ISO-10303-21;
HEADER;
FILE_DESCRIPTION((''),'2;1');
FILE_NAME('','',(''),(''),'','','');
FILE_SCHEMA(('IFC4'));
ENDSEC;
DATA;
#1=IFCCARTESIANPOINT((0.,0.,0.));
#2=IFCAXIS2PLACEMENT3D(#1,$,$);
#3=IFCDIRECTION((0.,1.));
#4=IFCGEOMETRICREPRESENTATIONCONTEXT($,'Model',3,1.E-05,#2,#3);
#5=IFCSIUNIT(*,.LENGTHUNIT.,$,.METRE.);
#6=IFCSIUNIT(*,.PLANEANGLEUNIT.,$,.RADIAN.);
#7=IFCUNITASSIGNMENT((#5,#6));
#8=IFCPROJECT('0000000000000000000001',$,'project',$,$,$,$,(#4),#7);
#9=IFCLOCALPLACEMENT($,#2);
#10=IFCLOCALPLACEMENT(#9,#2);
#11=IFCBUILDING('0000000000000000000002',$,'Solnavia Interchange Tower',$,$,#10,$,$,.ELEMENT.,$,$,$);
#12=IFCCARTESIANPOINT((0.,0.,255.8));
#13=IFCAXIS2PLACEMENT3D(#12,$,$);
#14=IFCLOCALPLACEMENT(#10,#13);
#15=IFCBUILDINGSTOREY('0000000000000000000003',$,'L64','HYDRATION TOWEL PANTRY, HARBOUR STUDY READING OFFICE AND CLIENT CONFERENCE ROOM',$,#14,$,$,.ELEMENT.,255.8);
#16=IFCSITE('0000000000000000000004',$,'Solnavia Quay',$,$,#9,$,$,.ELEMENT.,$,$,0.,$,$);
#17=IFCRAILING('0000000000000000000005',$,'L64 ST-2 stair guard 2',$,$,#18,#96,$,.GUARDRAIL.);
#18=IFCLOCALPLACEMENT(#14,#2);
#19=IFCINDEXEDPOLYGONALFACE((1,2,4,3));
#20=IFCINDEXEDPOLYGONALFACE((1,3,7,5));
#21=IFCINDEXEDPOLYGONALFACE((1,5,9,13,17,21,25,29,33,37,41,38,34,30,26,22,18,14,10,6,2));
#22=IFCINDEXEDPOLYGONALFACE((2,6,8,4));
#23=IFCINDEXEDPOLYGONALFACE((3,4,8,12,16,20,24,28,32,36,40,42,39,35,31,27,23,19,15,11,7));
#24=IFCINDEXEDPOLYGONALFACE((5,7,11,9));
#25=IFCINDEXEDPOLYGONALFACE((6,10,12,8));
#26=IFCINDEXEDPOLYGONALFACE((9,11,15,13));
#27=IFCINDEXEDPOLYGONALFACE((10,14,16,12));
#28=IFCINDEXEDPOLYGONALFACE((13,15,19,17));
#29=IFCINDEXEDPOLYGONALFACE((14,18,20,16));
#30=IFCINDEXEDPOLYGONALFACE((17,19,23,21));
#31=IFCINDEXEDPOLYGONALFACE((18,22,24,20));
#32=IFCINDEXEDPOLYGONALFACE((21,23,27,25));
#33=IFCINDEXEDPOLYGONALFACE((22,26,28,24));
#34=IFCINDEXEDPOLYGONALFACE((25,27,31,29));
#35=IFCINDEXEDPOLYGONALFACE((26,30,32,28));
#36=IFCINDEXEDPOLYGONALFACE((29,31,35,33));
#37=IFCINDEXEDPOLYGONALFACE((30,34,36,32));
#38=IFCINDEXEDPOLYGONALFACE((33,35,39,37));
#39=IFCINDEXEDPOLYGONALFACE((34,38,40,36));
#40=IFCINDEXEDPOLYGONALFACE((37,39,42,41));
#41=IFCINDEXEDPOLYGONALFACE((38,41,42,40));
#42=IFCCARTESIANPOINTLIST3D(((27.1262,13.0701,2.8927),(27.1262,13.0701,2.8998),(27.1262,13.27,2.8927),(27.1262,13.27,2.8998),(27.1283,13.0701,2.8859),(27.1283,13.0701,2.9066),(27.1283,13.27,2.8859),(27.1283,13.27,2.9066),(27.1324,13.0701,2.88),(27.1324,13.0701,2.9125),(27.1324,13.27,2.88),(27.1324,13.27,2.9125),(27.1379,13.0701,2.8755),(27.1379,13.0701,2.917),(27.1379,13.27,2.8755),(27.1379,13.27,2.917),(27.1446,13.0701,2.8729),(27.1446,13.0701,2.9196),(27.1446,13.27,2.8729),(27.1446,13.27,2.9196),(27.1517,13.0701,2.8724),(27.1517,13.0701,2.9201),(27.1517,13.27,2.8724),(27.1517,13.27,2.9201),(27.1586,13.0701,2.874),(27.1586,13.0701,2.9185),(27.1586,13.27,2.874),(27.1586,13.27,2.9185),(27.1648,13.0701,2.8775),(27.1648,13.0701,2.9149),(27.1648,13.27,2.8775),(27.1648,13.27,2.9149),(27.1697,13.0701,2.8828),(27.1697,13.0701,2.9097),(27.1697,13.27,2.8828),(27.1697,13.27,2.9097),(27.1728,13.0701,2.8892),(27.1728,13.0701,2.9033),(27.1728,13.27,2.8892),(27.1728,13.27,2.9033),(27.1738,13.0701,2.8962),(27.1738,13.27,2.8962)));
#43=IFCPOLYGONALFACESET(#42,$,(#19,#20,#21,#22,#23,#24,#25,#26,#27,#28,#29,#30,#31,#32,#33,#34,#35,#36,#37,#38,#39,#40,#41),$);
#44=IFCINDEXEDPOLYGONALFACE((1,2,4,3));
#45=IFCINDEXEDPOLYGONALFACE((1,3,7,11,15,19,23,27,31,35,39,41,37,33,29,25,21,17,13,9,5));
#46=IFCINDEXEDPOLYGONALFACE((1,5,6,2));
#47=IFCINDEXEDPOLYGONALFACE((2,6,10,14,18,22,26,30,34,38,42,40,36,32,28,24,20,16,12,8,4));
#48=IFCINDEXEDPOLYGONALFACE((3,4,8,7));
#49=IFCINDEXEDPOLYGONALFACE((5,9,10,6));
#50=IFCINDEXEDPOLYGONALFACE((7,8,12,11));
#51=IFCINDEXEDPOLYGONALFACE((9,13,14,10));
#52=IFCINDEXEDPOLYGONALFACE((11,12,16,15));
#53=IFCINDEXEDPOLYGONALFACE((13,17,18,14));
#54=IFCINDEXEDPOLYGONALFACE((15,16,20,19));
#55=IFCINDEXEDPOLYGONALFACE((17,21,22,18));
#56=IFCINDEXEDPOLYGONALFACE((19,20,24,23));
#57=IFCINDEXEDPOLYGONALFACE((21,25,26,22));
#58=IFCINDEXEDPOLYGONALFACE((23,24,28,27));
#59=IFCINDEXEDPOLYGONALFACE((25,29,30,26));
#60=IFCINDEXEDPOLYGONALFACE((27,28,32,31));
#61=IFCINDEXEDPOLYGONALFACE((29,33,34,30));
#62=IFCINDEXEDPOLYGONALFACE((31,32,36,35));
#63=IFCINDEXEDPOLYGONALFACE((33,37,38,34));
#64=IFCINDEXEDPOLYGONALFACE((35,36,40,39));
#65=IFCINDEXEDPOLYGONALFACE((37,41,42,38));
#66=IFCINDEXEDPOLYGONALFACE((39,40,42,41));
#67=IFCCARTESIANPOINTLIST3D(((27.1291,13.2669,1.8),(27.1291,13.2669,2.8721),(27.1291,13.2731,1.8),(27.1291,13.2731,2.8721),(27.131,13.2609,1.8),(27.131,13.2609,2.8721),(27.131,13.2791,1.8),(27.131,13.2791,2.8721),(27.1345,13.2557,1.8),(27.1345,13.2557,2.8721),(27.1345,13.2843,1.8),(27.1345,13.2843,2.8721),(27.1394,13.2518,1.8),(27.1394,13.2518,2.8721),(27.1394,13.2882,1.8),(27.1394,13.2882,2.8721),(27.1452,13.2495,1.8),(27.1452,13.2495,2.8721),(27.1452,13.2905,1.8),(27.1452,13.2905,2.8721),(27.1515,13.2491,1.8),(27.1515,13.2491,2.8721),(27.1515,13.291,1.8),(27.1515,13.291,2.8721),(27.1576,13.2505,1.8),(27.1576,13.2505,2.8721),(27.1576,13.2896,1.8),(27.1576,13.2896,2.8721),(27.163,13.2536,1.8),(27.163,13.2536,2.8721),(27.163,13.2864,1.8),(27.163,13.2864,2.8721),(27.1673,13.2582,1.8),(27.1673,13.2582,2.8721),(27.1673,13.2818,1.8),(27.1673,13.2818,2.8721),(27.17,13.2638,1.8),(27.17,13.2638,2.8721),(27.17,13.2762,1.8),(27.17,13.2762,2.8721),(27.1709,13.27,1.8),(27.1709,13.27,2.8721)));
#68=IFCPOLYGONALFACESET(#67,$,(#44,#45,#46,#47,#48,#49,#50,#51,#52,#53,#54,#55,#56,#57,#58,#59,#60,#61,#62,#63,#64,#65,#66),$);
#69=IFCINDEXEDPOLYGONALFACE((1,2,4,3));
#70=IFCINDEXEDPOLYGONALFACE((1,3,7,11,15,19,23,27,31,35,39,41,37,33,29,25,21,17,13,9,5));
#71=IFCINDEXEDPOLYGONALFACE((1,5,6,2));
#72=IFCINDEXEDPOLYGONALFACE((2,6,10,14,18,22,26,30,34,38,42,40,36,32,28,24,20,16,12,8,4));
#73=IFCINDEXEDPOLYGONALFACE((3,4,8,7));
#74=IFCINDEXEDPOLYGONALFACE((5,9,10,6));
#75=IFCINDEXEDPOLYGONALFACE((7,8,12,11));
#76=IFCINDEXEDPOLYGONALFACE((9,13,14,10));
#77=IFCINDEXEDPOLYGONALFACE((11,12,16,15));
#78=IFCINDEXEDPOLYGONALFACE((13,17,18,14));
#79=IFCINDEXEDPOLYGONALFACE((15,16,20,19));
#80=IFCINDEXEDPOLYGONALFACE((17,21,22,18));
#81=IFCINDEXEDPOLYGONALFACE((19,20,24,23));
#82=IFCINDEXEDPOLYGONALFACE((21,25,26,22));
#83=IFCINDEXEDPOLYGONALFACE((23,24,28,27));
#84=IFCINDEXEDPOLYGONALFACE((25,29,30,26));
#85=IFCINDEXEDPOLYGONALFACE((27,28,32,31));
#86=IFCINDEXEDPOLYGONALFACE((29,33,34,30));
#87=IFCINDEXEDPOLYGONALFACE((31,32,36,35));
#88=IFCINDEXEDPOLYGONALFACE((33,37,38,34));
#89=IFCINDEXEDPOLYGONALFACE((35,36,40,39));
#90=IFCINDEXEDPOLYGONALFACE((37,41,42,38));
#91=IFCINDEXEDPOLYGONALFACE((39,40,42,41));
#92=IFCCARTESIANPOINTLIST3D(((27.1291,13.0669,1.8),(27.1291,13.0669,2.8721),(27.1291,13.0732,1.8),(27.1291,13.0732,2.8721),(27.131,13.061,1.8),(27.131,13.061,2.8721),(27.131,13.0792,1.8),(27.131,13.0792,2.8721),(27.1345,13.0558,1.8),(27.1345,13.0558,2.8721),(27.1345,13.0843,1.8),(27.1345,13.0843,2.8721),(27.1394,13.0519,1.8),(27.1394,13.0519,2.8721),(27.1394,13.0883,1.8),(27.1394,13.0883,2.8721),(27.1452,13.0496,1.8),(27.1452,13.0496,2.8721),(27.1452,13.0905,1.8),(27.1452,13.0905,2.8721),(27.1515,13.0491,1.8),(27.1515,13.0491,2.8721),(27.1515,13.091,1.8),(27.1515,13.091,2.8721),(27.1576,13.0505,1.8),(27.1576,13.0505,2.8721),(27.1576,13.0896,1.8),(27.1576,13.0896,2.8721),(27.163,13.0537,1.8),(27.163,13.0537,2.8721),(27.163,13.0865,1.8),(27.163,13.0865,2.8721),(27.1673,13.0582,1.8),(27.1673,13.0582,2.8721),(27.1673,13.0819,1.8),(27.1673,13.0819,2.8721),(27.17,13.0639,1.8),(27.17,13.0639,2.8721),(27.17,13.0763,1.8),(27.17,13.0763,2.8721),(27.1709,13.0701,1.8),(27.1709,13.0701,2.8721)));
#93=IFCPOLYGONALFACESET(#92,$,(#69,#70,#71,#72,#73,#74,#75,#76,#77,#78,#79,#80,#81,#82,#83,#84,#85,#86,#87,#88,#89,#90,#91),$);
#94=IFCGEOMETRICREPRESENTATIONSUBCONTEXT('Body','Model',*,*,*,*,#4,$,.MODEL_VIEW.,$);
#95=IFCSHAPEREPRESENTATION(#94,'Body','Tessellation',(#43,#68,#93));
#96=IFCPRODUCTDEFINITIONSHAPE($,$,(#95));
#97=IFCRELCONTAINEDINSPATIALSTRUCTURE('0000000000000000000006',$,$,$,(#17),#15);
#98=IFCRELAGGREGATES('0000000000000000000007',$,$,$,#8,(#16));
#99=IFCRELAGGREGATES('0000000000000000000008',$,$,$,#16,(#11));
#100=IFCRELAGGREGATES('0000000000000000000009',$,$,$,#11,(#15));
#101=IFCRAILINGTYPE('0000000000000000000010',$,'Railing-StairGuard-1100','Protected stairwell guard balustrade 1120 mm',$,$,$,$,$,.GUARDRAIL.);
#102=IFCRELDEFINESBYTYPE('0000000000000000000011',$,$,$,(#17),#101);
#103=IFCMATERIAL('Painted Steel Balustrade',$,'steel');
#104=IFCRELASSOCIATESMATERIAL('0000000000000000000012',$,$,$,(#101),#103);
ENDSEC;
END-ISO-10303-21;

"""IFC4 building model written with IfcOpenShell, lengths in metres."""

from ifc_helpers import new_model, si_unit, direction, frame, origin, origin_2d, place, context, subcontext, project, spatial, circle, extrude, material, type_object, element, save


model = new_model("IFC4")

# Units and contexts
model_context = context("Model", 3, precision=1e-05, world=origin(), true_north=direction((0.0, 1.0)))
body_context = subcontext(model_context, "Body", "Model", "MODEL_VIEW")
ifc_project = project(units=[si_unit("LENGTHUNIT", "METRE"), si_unit("PLANEANGLEUNIT", "RADIAN")], contexts=[model_context])

# Site, building, storey
site_placement = place(None, origin())
site = spatial("IfcSite", under=ifc_project, at=site_placement, Name="Solnavia Quay", CompositionType="ELEMENT", RefElevation=0.0)
building_placement = place(site_placement, origin())
building = spatial("IfcBuilding", under=site, at=building_placement, Name="Solnavia Interchange Tower", CompositionType="ELEMENT")
storey_placement = place(building_placement, frame((0.0, 0.0, 255.8)))
storey = spatial("IfcBuildingStorey", under=building, at=storey_placement, Name="L64", Description="HYDRATION TOWEL PANTRY, HARBOUR STUDY READING OFFICE AND CLIENT CONFERENCE ROOM", CompositionType="ELEMENT", Elevation=255.8)

# Railing
ifc_material_1 = material(Name="Painted Steel Balustrade", Category="steel")
railing_type_1 = type_object("IfcRailingType", Name="Railing-StairGuard-1100", Description="Protected stairwell guard balustrade 1120 mm", PredefinedType="GUARDRAIL", material=ifc_material_1)
railing_1_placement = place(storey_placement, frame((27.1499, 13.27, 1.8)))
element("IfcRailing", 1, at=railing_1_placement, inside=storey, type_object=railing_type_1, Name="L64 ST-2 stair guard 2", PredefinedType="GUARDRAIL", context=body_context, shape_type="SweptSolid", body=[
    extrude(circle(Radius=0.0239, at=origin_2d()), frame((0.0, 0.0, 1.0962), z_axis=(0.0, -1.0, 0.0), x_axis=(1.0, 0.0, 0.0)), (0.0, 0.0, 1.0), 0.2),
    extrude(circle(Radius=0.021, at=origin_2d()), origin(), (0.0, 0.0, 1.0), 1.072),
    extrude(circle(Radius=0.021, at=origin_2d()), frame((0.0, -0.2, 0.0)), (0.0, 0.0, 1.0), 1.072),
])

save(model, "model.ifc")
